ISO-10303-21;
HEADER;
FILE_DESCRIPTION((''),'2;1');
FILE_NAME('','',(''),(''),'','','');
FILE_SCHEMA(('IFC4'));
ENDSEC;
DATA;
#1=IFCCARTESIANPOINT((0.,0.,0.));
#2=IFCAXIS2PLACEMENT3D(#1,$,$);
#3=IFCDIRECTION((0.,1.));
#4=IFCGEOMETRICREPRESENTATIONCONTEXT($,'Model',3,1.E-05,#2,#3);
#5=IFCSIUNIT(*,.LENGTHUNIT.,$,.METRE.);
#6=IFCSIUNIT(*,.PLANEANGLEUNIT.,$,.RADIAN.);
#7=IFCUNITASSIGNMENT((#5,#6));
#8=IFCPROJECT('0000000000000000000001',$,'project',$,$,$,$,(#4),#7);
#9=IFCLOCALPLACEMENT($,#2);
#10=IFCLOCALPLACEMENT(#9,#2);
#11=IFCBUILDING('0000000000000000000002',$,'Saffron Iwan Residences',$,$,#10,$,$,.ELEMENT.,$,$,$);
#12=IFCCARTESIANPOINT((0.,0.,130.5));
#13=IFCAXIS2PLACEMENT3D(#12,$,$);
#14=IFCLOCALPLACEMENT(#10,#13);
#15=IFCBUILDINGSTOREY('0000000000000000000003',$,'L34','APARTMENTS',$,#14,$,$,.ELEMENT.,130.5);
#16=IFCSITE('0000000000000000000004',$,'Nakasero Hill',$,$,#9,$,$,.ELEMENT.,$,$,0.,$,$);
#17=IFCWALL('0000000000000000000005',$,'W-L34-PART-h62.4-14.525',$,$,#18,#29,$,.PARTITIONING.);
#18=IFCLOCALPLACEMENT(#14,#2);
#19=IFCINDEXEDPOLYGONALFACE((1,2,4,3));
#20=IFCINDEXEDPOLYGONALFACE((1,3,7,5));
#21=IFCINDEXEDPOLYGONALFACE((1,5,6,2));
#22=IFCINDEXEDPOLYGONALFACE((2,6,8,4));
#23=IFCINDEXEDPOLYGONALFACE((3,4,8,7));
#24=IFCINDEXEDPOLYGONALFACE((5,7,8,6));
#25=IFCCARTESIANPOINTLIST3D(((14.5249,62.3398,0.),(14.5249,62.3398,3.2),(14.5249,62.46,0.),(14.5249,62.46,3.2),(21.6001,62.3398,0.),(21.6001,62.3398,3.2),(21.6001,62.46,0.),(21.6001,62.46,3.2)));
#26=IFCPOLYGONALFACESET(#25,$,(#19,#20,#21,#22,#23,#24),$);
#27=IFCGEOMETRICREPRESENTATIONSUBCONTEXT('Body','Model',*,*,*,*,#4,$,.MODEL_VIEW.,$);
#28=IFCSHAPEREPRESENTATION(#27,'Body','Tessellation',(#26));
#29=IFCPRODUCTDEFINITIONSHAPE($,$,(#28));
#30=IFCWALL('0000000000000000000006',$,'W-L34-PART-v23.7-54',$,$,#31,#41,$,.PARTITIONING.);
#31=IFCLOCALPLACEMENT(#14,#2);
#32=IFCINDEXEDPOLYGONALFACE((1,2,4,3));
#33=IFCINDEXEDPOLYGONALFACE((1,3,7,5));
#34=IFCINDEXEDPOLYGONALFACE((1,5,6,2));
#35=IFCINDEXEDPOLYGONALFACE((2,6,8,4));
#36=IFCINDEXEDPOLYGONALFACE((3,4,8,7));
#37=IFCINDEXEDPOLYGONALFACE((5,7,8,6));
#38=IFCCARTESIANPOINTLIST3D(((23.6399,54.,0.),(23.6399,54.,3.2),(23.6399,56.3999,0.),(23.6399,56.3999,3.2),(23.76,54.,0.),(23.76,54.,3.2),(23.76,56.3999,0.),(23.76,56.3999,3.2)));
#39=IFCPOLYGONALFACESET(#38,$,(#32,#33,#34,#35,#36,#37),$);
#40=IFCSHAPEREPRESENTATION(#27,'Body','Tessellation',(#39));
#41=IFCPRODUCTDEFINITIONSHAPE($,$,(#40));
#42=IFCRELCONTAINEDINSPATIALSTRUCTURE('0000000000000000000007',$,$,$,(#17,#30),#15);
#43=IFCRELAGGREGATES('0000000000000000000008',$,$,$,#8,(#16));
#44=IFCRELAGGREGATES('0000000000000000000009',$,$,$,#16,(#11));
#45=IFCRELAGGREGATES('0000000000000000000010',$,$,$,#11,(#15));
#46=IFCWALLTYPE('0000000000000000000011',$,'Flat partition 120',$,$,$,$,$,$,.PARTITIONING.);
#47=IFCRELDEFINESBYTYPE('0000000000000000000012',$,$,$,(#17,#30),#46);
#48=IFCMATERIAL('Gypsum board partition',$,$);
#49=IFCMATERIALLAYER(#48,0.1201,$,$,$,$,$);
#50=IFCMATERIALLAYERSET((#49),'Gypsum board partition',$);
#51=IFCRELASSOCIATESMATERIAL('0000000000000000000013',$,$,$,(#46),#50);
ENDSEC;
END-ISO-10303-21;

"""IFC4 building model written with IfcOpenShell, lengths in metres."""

from ifc_helpers import new_model, si_unit, direction, frame, frame_2d, origin, place, context, subcontext, project, spatial, rectangle, extrude, material, layer, layer_set, type_object, element, save


model = new_model("IFC4")

# Units and contexts
model_context = context("Model", 3, precision=1e-05, world=origin(), true_north=direction((0.0, 1.0)))
body_context = subcontext(model_context, "Body", "Model", "MODEL_VIEW")
ifc_project = project(units=[si_unit("LENGTHUNIT", "METRE"), si_unit("PLANEANGLEUNIT", "RADIAN")], contexts=[model_context])

# Site, building, storey
site_placement = place(None, origin())
site = spatial("IfcSite", under=ifc_project, at=site_placement, Name="Nakasero Hill", CompositionType="ELEMENT", RefElevation=0.0)
building_placement = place(site_placement, origin())
building = spatial("IfcBuilding", under=site, at=building_placement, Name="Saffron Iwan Residences", CompositionType="ELEMENT")
storey_placement = place(building_placement, frame((0.0, 0.0, 130.5)))
storey = spatial("IfcBuildingStorey", under=building, at=storey_placement, Name="L34", Description="APARTMENTS", CompositionType="ELEMENT", Elevation=130.5)

# Shared definitions
ifc_material_1 = material(Name="Gypsum board partition")
ifc_layer_1 = layer(ifc_material_1, 0.1201)
ifc_layer_set_1 = layer_set([ifc_layer_1], Name="Gypsum board partition")
wall_type_1 = type_object("IfcWallType", Name="Flat partition 120", PredefinedType="PARTITIONING", material=ifc_layer_set_1)

# Walls
wall_1_placement = place(storey_placement, frame((14.5249, 62.3999, 0.0), z_axis=(0.0, 0.0, 1.0), x_axis=(1.0, 0.0, 0.0)))
element("IfcWall", 1, at=wall_1_placement, inside=storey, type_object=wall_type_1, Name="W-L34-PART-h62.4-14.525", PredefinedType="PARTITIONING", context=body_context, shape_type="SweptSolid", body=[
    extrude(rectangle(XDim=7.0752, YDim=0.1201, at=frame_2d((3.5376, 0.0))), origin(), (0.0, 0.0, 1.0), 3.2),
])
wall_2_placement = place(storey_placement, frame((23.7, 54.0, 0.0), z_axis=(0.0, 0.0, 1.0), x_axis=(0.0, 1.0, 0.0)))
element("IfcWall", 2, at=wall_2_placement, inside=storey, type_object=wall_type_1, Name="W-L34-PART-v23.7-54", PredefinedType="PARTITIONING", context=body_context, shape_type="SweptSolid", body=[
    extrude(rectangle(XDim=2.3999, YDim=0.1201, at=frame_2d((1.2, 0.0))), origin(), (0.0, 0.0, 1.0), 3.2),
])

save(model, "model.ifc")
